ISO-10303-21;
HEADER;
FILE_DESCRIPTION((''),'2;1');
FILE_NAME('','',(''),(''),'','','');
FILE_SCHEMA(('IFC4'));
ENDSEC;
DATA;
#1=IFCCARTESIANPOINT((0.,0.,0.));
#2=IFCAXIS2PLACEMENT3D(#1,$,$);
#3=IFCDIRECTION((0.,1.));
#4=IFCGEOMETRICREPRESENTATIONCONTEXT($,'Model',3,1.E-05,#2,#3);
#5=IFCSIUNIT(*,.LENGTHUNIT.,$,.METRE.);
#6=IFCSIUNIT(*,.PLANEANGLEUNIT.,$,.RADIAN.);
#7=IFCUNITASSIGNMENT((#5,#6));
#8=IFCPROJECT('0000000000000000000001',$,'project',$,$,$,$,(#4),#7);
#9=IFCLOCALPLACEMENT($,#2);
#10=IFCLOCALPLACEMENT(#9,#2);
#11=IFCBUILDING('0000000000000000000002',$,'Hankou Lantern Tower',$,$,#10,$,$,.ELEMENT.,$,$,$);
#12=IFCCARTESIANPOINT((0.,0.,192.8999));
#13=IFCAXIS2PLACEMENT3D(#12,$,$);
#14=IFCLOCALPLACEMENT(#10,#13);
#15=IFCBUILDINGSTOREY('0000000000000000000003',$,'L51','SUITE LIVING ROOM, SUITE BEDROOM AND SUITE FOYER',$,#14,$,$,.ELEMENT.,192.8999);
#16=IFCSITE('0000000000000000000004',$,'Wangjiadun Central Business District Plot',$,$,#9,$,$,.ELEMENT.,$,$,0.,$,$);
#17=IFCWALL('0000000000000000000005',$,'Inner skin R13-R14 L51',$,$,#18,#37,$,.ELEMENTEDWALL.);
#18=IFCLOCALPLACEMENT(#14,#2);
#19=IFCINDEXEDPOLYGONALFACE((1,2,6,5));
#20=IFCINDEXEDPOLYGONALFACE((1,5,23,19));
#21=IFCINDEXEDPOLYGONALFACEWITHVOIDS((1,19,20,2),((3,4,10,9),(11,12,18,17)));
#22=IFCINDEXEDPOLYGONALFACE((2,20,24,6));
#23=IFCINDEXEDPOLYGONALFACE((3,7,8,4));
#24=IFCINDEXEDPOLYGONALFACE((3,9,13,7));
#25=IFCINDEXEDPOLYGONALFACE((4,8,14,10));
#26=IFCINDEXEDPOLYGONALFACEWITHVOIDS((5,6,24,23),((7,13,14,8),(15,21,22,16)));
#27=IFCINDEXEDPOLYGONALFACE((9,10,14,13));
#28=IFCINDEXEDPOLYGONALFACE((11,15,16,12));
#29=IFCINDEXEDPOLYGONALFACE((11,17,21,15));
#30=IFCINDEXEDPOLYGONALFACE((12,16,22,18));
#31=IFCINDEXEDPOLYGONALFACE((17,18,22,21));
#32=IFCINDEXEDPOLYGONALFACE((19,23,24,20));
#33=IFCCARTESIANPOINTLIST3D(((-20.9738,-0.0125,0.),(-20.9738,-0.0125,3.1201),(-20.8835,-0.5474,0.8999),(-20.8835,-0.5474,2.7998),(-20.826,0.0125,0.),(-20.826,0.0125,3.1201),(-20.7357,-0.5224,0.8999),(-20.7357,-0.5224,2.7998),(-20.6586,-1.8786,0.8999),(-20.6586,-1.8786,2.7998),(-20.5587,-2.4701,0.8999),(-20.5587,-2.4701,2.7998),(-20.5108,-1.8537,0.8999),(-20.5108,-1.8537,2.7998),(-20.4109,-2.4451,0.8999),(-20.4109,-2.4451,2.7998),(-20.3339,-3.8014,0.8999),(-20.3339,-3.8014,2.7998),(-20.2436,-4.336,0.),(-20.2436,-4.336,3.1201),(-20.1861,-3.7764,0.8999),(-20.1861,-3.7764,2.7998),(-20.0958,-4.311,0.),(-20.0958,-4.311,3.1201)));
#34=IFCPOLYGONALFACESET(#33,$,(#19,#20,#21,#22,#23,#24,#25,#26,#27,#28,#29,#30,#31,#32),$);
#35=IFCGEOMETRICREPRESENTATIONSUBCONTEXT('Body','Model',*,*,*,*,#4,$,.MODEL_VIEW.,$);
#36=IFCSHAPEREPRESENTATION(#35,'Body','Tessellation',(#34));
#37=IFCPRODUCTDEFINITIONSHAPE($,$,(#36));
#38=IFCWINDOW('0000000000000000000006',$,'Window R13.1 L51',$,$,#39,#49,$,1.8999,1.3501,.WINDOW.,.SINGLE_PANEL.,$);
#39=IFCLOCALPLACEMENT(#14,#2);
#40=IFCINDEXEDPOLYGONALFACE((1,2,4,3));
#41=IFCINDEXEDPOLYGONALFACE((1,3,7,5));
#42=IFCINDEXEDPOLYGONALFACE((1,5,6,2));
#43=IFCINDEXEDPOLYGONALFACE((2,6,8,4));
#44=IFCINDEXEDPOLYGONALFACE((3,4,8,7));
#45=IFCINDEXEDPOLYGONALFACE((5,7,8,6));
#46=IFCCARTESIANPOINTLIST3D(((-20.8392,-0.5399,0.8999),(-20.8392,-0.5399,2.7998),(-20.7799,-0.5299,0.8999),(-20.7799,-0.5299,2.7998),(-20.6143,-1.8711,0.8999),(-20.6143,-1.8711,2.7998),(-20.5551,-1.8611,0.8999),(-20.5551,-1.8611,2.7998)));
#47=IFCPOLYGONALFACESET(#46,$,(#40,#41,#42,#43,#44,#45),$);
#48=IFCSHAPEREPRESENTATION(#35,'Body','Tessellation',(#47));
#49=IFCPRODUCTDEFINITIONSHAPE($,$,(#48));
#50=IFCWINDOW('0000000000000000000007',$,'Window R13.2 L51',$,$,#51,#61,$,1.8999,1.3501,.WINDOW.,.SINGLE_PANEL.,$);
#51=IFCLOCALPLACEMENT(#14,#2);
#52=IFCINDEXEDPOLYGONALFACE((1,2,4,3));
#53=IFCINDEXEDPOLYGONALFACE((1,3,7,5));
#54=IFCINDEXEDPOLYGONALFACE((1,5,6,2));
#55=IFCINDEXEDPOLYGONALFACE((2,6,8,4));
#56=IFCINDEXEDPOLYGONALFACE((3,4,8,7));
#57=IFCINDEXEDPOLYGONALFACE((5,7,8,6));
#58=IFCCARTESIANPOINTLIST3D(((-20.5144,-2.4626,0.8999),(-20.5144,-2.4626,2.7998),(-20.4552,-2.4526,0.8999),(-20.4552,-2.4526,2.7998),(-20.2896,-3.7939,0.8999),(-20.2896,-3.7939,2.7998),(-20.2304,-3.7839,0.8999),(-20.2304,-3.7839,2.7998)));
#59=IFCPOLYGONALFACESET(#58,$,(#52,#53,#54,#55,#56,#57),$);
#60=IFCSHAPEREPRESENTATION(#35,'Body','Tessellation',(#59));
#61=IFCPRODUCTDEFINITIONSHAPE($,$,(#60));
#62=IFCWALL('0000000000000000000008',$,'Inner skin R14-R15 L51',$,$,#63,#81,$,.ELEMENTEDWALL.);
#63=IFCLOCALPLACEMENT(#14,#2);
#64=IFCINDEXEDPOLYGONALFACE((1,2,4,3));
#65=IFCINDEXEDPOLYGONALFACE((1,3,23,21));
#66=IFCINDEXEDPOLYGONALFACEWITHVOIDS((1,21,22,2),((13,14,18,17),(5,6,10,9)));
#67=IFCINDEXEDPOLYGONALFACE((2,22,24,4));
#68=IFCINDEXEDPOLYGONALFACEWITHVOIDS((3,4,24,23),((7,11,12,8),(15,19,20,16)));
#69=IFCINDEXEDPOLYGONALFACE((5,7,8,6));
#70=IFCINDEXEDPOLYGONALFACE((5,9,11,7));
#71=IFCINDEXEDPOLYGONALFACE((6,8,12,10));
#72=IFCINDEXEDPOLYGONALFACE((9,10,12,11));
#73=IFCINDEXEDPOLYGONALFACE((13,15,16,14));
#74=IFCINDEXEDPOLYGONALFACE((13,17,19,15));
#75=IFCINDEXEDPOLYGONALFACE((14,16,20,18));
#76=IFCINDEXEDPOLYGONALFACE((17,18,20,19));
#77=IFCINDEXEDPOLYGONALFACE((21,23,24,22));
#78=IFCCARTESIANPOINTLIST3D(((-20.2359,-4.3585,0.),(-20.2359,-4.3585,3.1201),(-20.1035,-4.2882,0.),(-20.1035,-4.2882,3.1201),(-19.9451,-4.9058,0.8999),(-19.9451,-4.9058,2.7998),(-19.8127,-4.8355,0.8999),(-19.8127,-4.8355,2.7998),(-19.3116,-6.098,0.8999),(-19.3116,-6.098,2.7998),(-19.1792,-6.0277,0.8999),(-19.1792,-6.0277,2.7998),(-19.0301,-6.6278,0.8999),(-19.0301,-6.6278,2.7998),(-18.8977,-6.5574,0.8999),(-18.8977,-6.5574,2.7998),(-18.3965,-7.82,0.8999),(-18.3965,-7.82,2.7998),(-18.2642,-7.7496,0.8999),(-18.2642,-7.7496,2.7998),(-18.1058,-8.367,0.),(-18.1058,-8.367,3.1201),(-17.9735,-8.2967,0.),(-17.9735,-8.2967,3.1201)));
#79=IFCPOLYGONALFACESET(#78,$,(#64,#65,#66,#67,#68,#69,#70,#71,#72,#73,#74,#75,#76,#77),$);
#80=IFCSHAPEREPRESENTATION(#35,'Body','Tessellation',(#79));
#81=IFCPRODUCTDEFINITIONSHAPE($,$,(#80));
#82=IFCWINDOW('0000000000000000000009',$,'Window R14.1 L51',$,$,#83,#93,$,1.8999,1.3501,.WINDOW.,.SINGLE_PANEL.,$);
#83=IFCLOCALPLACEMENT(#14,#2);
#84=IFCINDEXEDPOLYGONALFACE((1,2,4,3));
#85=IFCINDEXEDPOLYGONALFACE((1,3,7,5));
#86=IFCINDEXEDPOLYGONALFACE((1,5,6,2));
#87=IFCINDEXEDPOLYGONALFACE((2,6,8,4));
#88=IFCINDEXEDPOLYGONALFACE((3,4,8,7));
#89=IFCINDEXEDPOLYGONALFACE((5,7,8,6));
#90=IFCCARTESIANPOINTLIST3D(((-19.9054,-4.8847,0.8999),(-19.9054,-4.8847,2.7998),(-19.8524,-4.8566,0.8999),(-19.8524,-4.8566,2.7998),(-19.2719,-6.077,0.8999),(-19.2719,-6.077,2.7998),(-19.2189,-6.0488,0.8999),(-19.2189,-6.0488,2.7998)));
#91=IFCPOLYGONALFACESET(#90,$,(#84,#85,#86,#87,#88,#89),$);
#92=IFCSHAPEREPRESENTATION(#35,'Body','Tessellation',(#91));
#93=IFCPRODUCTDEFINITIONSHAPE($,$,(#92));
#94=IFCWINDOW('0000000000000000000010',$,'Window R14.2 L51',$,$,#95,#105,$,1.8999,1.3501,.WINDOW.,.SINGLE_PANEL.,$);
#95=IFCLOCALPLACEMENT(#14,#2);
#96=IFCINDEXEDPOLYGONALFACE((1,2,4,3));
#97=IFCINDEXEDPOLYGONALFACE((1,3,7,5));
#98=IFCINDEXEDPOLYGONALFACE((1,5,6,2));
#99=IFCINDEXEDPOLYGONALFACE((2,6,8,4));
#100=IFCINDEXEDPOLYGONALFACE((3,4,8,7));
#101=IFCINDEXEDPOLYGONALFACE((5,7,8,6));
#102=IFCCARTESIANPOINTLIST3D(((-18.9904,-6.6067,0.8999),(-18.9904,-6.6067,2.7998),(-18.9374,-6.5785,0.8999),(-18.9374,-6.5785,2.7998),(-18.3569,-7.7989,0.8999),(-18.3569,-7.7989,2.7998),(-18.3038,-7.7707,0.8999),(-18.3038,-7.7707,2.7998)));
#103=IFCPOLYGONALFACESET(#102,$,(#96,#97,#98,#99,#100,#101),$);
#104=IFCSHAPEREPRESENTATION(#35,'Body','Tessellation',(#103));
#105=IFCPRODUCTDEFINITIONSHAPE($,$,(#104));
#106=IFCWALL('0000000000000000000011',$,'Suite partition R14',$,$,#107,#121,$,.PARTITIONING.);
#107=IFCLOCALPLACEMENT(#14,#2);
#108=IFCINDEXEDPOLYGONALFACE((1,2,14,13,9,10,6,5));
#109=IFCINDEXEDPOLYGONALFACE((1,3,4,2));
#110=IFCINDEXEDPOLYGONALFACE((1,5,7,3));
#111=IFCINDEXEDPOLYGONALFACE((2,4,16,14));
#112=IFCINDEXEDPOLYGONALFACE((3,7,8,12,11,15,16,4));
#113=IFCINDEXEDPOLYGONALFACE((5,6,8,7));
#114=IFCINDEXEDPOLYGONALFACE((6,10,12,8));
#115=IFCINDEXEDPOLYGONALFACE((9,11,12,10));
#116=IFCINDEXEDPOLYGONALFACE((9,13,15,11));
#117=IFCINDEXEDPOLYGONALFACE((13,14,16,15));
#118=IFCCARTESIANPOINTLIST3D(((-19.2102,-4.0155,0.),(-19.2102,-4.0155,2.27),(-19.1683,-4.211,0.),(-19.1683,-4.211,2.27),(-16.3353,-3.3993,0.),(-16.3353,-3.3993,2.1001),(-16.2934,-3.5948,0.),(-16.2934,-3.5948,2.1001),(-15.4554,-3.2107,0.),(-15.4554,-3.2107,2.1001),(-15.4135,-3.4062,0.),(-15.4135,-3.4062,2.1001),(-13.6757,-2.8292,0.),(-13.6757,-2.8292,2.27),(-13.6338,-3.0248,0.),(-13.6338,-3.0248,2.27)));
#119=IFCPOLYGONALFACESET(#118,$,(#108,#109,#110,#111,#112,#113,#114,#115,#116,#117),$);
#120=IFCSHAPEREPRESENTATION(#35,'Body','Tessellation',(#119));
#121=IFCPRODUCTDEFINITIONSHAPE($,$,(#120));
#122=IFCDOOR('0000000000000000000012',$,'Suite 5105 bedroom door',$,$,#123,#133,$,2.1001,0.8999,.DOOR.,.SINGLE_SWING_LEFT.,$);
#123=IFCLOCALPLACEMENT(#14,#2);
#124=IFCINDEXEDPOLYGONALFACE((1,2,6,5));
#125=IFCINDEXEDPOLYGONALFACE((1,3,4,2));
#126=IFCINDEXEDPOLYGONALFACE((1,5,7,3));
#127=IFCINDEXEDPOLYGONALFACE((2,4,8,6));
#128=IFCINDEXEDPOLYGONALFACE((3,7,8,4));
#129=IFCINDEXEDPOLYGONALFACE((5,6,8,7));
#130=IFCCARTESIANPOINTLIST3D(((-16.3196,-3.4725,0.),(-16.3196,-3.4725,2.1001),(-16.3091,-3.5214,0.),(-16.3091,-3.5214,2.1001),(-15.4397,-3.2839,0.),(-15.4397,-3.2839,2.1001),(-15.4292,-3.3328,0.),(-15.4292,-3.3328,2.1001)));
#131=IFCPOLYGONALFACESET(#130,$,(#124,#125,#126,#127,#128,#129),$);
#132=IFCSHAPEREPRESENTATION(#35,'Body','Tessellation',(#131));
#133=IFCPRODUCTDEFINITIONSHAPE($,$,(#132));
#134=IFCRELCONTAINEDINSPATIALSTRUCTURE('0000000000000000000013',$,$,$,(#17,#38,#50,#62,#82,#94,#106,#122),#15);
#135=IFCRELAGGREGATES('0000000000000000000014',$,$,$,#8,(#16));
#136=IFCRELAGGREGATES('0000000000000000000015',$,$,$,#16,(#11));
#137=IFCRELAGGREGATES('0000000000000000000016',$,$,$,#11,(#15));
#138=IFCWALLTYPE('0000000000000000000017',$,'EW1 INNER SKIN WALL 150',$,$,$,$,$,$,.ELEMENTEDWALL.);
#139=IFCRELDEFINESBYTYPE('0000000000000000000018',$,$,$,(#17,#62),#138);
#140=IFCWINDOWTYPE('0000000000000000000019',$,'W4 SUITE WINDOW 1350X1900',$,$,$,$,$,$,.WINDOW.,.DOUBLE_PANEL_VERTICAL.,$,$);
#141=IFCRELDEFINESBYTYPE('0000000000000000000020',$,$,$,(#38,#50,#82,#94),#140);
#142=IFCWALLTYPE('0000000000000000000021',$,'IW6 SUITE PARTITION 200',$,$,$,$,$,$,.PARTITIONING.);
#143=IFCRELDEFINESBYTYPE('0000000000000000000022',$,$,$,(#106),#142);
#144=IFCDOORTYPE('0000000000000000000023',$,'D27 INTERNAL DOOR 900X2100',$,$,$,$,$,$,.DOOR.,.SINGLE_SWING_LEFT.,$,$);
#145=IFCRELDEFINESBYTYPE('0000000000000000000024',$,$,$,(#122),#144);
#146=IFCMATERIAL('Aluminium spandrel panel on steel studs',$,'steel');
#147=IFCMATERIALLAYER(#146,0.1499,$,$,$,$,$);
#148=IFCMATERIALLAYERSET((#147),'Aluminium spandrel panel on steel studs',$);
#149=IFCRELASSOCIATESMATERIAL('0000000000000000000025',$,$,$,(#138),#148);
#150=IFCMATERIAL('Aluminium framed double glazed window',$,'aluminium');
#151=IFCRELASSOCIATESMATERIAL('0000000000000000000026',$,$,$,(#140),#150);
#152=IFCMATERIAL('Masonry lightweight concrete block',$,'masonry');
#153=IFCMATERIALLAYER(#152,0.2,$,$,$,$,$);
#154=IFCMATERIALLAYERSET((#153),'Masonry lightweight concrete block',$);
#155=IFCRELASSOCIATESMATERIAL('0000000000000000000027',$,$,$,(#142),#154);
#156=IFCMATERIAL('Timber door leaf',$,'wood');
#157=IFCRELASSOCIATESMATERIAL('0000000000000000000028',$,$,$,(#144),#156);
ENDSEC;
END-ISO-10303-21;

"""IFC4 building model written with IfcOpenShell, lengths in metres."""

from ifc_helpers import new_model, si_unit, direction, frame, frame_2d, origin, place, context, subcontext, project, spatial, rectangle, extrude, material, layer, layer_set, type_object, element, fill, save


model = new_model("IFC4")

# Units and contexts
model_context = context("Model", 3, precision=1e-05, world=origin(), true_north=direction((0.0, 1.0)))
body_context = subcontext(model_context, "Body", "Model", "MODEL_VIEW")
ifc_project = project(units=[si_unit("LENGTHUNIT", "METRE"), si_unit("PLANEANGLEUNIT", "RADIAN")], contexts=[model_context])

# Site, building, storey
site_placement = place(None, origin())
site = spatial("IfcSite", under=ifc_project, at=site_placement, Name="Wangjiadun Central Business District Plot", CompositionType="ELEMENT", RefElevation=0.0)
building_placement = place(site_placement, origin())
building = spatial("IfcBuilding", under=site, at=building_placement, Name="Hankou Lantern Tower", CompositionType="ELEMENT")
storey_placement = place(building_placement, frame((0.0, 0.0, 192.8999)))
storey = spatial("IfcBuildingStorey", under=building, at=storey_placement, Name="L51", Description="SUITE LIVING ROOM, SUITE BEDROOM AND SUITE FOYER", CompositionType="ELEMENT", Elevation=192.8999)

# Walls, openings, windows
ifc_material_1 = material(Name="Aluminium spandrel panel on steel studs", Category="steel")
ifc_layer_1 = layer(ifc_material_1, 0.1499)
ifc_layer_set_1 = layer_set([ifc_layer_1], Name="Aluminium spandrel panel on steel studs")
wall_type_1 = type_object("IfcWallType", Name="EW1 INNER SKIN WALL 150", PredefinedType="ELEMENTEDWALL", material=ifc_layer_set_1)
wall_1_placement = place(storey_placement, frame((-20.8999, 0.0, 0.0), z_axis=(0.0, 0.0, 1.0), x_axis=(0.166539, -0.986035, 0.0)))
wall_1 = element("IfcWall", 1, at=wall_1_placement, inside=storey, type_object=wall_type_1, Name="Inner skin R13-R14 L51", PredefinedType="ELEMENTEDWALL", context=body_context, shape_type="SweptSolid", body=[
    extrude(rectangle(XDim=4.3848, YDim=0.1499, at=frame_2d((2.1924, 0.0))), origin(), (0.0, 0.0, 1.0), 3.1201),
])
opening_1_placement = place(wall_1_placement, frame((0.5425, 0.0, 0.8999)))
opening_1 = element("IfcOpeningElement", 2, at=opening_1_placement, cuts=wall_1, PredefinedType="OPENING", context=body_context, shape_type="SweptSolid", body=[
    extrude(rectangle(XDim=1.3501, YDim=1.8999, at=frame_2d((0.675, 0.95))), frame((0.0, 0.085, 0.0), z_axis=(0.0, -1.0, 0.0), x_axis=(1.0, 0.0, 0.0)), (0.0, 0.0, 1.0), 0.1699),
])
opening_2_placement = place(wall_1_placement, frame((2.4924, 0.0, 0.8999)))
opening_2 = element("IfcOpeningElement", 3, at=opening_2_placement, cuts=wall_1, PredefinedType="OPENING", context=body_context, shape_type="SweptSolid", body=[
    extrude(rectangle(XDim=1.3501, YDim=1.8999, at=frame_2d((0.675, 0.95))), frame((0.0, 0.085, 0.0), z_axis=(0.0, -1.0, 0.0), x_axis=(1.0, 0.0, 0.0)), (0.0, 0.0, 1.0), 0.1699),
])
ifc_material_2 = material(Name="Aluminium framed double glazed window", Category="aluminium")
window_type = type_object("IfcWindowType", Name="W4 SUITE WINDOW 1350X1900", PartitioningType="DOUBLE_PANEL_VERTICAL", PredefinedType="WINDOW", material=ifc_material_2)
window_1_placement = place(opening_1_placement, origin())
window_1 = element("IfcWindow", 4, at=window_1_placement, inside=storey, type_object=window_type, Name="Window R13.1 L51", OverallHeight=1.8999, OverallWidth=1.3501, PartitioningType="SINGLE_PANEL", PredefinedType="WINDOW", context=body_context, shape_type="SweptSolid", body=[
    extrude(rectangle(XDim=1.3501, YDim=1.8999, at=frame_2d((0.675, 0.95))), frame((0.0, 0.03, 0.0), z_axis=(0.0, -1.0, 0.0), x_axis=(1.0, 0.0, 0.0)), (0.0, 0.0, 1.0), 0.0601),
])
fill(opening_1, window_1)
window_2_placement = place(opening_2_placement, origin())
window_2 = element("IfcWindow", 5, at=window_2_placement, inside=storey, type_object=window_type, Name="Window R13.2 L51", OverallHeight=1.8999, OverallWidth=1.3501, PartitioningType="SINGLE_PANEL", PredefinedType="WINDOW", context=body_context, shape_type="SweptSolid", body=[
    extrude(rectangle(XDim=1.3501, YDim=1.8999, at=frame_2d((0.675, 0.95))), frame((0.0, 0.03, 0.0), z_axis=(0.0, -1.0, 0.0), x_axis=(1.0, 0.0, 0.0)), (0.0, 0.0, 1.0), 0.0601),
])
fill(opening_2, window_2)
wall_2_placement = place(storey_placement, frame((-20.1697, -4.3235, 0.0), z_axis=(0.0, 0.0, 1.0), x_axis=(0.469256, -0.883062, 0.0)))
wall_2 = element("IfcWall", 6, at=wall_2_placement, inside=storey, type_object=wall_type_1, Name="Inner skin R14-R15 L51", PredefinedType="ELEMENTEDWALL", context=body_context, shape_type="SweptSolid", body=[
    extrude(rectangle(XDim=4.5393, YDim=0.1499, at=frame_2d((2.2695, 0.0))), origin(), (0.0, 0.0, 1.0), 3.1201),
])
opening_3_placement = place(wall_2_placement, frame((0.6196, 0.0, 0.8999)))
opening_3 = element("IfcOpeningElement", 7, at=opening_3_placement, cuts=wall_2, PredefinedType="OPENING", context=body_context, shape_type="SweptSolid", body=[
    extrude(rectangle(XDim=1.3501, YDim=1.8999, at=frame_2d((0.675, 0.95))), frame((0.0, 0.085, 0.0), z_axis=(0.0, -1.0, 0.0), x_axis=(1.0, 0.0, 0.0)), (0.0, 0.0, 1.0), 0.1699),
])
opening_4_placement = place(wall_2_placement, frame((2.5696, 0.0, 0.8999)))
opening_4 = element("IfcOpeningElement", 8, at=opening_4_placement, cuts=wall_2, PredefinedType="OPENING", context=body_context, shape_type="SweptSolid", body=[
    extrude(rectangle(XDim=1.3501, YDim=1.8999, at=frame_2d((0.675, 0.95))), frame((0.0, 0.085, 0.0), z_axis=(0.0, -1.0, 0.0), x_axis=(1.0, 0.0, 0.0)), (0.0, 0.0, 1.0), 0.1699),
])
window_3_placement = place(opening_3_placement, origin())
window_3 = element("IfcWindow", 9, at=window_3_placement, inside=storey, type_object=window_type, Name="Window R14.1 L51", OverallHeight=1.8999, OverallWidth=1.3501, PartitioningType="SINGLE_PANEL", PredefinedType="WINDOW", context=body_context, shape_type="SweptSolid", body=[
    extrude(rectangle(XDim=1.3501, YDim=1.8999, at=frame_2d((0.675, 0.95))), frame((0.0, 0.03, 0.0), z_axis=(0.0, -1.0, 0.0), x_axis=(1.0, 0.0, 0.0)), (0.0, 0.0, 1.0), 0.0601),
])
fill(opening_3, window_3)
window_4_placement = place(opening_4_placement, origin())
window_4 = element("IfcWindow", 10, at=window_4_placement, inside=storey, type_object=window_type, Name="Window R14.2 L51", OverallHeight=1.8999, OverallWidth=1.3501, PartitioningType="SINGLE_PANEL", PredefinedType="WINDOW", context=body_context, shape_type="SweptSolid", body=[
    extrude(rectangle(XDim=1.3501, YDim=1.8999, at=frame_2d((0.675, 0.95))), frame((0.0, 0.03, 0.0), z_axis=(0.0, -1.0, 0.0), x_axis=(1.0, 0.0, 0.0)), (0.0, 0.0, 1.0), 0.0601),
])
fill(opening_4, window_4)

# Wall, opening, door
ifc_material_3 = material(Name="Masonry lightweight concrete block", Category="masonry")
ifc_layer_2 = layer(ifc_material_3, 0.2)
ifc_layer_set_2 = layer_set([ifc_layer_2], Name="Masonry lightweight concrete block")
wall_type_2 = type_object("IfcWallType", Name="IW6 SUITE PARTITION 200", PredefinedType="PARTITIONING", material=ifc_layer_set_2)
wall_3_placement = place(storey_placement, frame((-13.6548, -2.927, 0.0), z_axis=(0.0, 0.0, 1.0), x_axis=(-0.97779, -0.209585, 0.0)))
wall_3 = element("IfcWall", 11, at=wall_3_placement, inside=storey, type_object=wall_type_2, Name="Suite partition R14", PredefinedType="PARTITIONING", context=body_context, shape_type="SweptSolid", body=[
    extrude(rectangle(XDim=5.6602, YDim=0.2, at=frame_2d((2.8301, 0.0))), origin(), (0.0, 0.0, 1.0), 2.27),
])
opening_5_placement = place(wall_3_placement, frame((1.8201, 0.0, 0.0)))
opening_5 = element("IfcOpeningElement", 12, at=opening_5_placement, cuts=wall_3, PredefinedType="OPENING", context=body_context, shape_type="SweptSolid", body=[
    extrude(rectangle(XDim=0.8999, YDim=2.1001, at=frame_2d((0.45, 1.05))), frame((0.0, 0.1099, 0.0), z_axis=(0.0, -1.0, 0.0), x_axis=(1.0, 0.0, 0.0)), (0.0, 0.0, 1.0), 0.22),
])
ifc_material_4 = material(Name="Timber door leaf", Category="wood")
door_type = type_object("IfcDoorType", Name="D27 INTERNAL DOOR 900X2100", OperationType="SINGLE_SWING_LEFT", PredefinedType="DOOR", material=ifc_material_4)
door_placement = place(opening_5_placement, origin())
door = element("IfcDoor", 13, at=door_placement, inside=storey, type_object=door_type, Name="Suite 5105 bedroom door", OperationType="SINGLE_SWING_LEFT", OverallHeight=2.1001, OverallWidth=0.8999, PredefinedType="DOOR", context=body_context, shape_type="SweptSolid", body=[
    extrude(rectangle(XDim=0.8999, YDim=2.1001, at=frame_2d((0.45, 1.05))), frame((0.0, 0.0249, 0.0), z_axis=(0.0, -1.0, 0.0), x_axis=(1.0, 0.0, 0.0)), (0.0, 0.0, 1.0), 0.05),
])
fill(opening_5, door)

save(model, "model.ifc")
